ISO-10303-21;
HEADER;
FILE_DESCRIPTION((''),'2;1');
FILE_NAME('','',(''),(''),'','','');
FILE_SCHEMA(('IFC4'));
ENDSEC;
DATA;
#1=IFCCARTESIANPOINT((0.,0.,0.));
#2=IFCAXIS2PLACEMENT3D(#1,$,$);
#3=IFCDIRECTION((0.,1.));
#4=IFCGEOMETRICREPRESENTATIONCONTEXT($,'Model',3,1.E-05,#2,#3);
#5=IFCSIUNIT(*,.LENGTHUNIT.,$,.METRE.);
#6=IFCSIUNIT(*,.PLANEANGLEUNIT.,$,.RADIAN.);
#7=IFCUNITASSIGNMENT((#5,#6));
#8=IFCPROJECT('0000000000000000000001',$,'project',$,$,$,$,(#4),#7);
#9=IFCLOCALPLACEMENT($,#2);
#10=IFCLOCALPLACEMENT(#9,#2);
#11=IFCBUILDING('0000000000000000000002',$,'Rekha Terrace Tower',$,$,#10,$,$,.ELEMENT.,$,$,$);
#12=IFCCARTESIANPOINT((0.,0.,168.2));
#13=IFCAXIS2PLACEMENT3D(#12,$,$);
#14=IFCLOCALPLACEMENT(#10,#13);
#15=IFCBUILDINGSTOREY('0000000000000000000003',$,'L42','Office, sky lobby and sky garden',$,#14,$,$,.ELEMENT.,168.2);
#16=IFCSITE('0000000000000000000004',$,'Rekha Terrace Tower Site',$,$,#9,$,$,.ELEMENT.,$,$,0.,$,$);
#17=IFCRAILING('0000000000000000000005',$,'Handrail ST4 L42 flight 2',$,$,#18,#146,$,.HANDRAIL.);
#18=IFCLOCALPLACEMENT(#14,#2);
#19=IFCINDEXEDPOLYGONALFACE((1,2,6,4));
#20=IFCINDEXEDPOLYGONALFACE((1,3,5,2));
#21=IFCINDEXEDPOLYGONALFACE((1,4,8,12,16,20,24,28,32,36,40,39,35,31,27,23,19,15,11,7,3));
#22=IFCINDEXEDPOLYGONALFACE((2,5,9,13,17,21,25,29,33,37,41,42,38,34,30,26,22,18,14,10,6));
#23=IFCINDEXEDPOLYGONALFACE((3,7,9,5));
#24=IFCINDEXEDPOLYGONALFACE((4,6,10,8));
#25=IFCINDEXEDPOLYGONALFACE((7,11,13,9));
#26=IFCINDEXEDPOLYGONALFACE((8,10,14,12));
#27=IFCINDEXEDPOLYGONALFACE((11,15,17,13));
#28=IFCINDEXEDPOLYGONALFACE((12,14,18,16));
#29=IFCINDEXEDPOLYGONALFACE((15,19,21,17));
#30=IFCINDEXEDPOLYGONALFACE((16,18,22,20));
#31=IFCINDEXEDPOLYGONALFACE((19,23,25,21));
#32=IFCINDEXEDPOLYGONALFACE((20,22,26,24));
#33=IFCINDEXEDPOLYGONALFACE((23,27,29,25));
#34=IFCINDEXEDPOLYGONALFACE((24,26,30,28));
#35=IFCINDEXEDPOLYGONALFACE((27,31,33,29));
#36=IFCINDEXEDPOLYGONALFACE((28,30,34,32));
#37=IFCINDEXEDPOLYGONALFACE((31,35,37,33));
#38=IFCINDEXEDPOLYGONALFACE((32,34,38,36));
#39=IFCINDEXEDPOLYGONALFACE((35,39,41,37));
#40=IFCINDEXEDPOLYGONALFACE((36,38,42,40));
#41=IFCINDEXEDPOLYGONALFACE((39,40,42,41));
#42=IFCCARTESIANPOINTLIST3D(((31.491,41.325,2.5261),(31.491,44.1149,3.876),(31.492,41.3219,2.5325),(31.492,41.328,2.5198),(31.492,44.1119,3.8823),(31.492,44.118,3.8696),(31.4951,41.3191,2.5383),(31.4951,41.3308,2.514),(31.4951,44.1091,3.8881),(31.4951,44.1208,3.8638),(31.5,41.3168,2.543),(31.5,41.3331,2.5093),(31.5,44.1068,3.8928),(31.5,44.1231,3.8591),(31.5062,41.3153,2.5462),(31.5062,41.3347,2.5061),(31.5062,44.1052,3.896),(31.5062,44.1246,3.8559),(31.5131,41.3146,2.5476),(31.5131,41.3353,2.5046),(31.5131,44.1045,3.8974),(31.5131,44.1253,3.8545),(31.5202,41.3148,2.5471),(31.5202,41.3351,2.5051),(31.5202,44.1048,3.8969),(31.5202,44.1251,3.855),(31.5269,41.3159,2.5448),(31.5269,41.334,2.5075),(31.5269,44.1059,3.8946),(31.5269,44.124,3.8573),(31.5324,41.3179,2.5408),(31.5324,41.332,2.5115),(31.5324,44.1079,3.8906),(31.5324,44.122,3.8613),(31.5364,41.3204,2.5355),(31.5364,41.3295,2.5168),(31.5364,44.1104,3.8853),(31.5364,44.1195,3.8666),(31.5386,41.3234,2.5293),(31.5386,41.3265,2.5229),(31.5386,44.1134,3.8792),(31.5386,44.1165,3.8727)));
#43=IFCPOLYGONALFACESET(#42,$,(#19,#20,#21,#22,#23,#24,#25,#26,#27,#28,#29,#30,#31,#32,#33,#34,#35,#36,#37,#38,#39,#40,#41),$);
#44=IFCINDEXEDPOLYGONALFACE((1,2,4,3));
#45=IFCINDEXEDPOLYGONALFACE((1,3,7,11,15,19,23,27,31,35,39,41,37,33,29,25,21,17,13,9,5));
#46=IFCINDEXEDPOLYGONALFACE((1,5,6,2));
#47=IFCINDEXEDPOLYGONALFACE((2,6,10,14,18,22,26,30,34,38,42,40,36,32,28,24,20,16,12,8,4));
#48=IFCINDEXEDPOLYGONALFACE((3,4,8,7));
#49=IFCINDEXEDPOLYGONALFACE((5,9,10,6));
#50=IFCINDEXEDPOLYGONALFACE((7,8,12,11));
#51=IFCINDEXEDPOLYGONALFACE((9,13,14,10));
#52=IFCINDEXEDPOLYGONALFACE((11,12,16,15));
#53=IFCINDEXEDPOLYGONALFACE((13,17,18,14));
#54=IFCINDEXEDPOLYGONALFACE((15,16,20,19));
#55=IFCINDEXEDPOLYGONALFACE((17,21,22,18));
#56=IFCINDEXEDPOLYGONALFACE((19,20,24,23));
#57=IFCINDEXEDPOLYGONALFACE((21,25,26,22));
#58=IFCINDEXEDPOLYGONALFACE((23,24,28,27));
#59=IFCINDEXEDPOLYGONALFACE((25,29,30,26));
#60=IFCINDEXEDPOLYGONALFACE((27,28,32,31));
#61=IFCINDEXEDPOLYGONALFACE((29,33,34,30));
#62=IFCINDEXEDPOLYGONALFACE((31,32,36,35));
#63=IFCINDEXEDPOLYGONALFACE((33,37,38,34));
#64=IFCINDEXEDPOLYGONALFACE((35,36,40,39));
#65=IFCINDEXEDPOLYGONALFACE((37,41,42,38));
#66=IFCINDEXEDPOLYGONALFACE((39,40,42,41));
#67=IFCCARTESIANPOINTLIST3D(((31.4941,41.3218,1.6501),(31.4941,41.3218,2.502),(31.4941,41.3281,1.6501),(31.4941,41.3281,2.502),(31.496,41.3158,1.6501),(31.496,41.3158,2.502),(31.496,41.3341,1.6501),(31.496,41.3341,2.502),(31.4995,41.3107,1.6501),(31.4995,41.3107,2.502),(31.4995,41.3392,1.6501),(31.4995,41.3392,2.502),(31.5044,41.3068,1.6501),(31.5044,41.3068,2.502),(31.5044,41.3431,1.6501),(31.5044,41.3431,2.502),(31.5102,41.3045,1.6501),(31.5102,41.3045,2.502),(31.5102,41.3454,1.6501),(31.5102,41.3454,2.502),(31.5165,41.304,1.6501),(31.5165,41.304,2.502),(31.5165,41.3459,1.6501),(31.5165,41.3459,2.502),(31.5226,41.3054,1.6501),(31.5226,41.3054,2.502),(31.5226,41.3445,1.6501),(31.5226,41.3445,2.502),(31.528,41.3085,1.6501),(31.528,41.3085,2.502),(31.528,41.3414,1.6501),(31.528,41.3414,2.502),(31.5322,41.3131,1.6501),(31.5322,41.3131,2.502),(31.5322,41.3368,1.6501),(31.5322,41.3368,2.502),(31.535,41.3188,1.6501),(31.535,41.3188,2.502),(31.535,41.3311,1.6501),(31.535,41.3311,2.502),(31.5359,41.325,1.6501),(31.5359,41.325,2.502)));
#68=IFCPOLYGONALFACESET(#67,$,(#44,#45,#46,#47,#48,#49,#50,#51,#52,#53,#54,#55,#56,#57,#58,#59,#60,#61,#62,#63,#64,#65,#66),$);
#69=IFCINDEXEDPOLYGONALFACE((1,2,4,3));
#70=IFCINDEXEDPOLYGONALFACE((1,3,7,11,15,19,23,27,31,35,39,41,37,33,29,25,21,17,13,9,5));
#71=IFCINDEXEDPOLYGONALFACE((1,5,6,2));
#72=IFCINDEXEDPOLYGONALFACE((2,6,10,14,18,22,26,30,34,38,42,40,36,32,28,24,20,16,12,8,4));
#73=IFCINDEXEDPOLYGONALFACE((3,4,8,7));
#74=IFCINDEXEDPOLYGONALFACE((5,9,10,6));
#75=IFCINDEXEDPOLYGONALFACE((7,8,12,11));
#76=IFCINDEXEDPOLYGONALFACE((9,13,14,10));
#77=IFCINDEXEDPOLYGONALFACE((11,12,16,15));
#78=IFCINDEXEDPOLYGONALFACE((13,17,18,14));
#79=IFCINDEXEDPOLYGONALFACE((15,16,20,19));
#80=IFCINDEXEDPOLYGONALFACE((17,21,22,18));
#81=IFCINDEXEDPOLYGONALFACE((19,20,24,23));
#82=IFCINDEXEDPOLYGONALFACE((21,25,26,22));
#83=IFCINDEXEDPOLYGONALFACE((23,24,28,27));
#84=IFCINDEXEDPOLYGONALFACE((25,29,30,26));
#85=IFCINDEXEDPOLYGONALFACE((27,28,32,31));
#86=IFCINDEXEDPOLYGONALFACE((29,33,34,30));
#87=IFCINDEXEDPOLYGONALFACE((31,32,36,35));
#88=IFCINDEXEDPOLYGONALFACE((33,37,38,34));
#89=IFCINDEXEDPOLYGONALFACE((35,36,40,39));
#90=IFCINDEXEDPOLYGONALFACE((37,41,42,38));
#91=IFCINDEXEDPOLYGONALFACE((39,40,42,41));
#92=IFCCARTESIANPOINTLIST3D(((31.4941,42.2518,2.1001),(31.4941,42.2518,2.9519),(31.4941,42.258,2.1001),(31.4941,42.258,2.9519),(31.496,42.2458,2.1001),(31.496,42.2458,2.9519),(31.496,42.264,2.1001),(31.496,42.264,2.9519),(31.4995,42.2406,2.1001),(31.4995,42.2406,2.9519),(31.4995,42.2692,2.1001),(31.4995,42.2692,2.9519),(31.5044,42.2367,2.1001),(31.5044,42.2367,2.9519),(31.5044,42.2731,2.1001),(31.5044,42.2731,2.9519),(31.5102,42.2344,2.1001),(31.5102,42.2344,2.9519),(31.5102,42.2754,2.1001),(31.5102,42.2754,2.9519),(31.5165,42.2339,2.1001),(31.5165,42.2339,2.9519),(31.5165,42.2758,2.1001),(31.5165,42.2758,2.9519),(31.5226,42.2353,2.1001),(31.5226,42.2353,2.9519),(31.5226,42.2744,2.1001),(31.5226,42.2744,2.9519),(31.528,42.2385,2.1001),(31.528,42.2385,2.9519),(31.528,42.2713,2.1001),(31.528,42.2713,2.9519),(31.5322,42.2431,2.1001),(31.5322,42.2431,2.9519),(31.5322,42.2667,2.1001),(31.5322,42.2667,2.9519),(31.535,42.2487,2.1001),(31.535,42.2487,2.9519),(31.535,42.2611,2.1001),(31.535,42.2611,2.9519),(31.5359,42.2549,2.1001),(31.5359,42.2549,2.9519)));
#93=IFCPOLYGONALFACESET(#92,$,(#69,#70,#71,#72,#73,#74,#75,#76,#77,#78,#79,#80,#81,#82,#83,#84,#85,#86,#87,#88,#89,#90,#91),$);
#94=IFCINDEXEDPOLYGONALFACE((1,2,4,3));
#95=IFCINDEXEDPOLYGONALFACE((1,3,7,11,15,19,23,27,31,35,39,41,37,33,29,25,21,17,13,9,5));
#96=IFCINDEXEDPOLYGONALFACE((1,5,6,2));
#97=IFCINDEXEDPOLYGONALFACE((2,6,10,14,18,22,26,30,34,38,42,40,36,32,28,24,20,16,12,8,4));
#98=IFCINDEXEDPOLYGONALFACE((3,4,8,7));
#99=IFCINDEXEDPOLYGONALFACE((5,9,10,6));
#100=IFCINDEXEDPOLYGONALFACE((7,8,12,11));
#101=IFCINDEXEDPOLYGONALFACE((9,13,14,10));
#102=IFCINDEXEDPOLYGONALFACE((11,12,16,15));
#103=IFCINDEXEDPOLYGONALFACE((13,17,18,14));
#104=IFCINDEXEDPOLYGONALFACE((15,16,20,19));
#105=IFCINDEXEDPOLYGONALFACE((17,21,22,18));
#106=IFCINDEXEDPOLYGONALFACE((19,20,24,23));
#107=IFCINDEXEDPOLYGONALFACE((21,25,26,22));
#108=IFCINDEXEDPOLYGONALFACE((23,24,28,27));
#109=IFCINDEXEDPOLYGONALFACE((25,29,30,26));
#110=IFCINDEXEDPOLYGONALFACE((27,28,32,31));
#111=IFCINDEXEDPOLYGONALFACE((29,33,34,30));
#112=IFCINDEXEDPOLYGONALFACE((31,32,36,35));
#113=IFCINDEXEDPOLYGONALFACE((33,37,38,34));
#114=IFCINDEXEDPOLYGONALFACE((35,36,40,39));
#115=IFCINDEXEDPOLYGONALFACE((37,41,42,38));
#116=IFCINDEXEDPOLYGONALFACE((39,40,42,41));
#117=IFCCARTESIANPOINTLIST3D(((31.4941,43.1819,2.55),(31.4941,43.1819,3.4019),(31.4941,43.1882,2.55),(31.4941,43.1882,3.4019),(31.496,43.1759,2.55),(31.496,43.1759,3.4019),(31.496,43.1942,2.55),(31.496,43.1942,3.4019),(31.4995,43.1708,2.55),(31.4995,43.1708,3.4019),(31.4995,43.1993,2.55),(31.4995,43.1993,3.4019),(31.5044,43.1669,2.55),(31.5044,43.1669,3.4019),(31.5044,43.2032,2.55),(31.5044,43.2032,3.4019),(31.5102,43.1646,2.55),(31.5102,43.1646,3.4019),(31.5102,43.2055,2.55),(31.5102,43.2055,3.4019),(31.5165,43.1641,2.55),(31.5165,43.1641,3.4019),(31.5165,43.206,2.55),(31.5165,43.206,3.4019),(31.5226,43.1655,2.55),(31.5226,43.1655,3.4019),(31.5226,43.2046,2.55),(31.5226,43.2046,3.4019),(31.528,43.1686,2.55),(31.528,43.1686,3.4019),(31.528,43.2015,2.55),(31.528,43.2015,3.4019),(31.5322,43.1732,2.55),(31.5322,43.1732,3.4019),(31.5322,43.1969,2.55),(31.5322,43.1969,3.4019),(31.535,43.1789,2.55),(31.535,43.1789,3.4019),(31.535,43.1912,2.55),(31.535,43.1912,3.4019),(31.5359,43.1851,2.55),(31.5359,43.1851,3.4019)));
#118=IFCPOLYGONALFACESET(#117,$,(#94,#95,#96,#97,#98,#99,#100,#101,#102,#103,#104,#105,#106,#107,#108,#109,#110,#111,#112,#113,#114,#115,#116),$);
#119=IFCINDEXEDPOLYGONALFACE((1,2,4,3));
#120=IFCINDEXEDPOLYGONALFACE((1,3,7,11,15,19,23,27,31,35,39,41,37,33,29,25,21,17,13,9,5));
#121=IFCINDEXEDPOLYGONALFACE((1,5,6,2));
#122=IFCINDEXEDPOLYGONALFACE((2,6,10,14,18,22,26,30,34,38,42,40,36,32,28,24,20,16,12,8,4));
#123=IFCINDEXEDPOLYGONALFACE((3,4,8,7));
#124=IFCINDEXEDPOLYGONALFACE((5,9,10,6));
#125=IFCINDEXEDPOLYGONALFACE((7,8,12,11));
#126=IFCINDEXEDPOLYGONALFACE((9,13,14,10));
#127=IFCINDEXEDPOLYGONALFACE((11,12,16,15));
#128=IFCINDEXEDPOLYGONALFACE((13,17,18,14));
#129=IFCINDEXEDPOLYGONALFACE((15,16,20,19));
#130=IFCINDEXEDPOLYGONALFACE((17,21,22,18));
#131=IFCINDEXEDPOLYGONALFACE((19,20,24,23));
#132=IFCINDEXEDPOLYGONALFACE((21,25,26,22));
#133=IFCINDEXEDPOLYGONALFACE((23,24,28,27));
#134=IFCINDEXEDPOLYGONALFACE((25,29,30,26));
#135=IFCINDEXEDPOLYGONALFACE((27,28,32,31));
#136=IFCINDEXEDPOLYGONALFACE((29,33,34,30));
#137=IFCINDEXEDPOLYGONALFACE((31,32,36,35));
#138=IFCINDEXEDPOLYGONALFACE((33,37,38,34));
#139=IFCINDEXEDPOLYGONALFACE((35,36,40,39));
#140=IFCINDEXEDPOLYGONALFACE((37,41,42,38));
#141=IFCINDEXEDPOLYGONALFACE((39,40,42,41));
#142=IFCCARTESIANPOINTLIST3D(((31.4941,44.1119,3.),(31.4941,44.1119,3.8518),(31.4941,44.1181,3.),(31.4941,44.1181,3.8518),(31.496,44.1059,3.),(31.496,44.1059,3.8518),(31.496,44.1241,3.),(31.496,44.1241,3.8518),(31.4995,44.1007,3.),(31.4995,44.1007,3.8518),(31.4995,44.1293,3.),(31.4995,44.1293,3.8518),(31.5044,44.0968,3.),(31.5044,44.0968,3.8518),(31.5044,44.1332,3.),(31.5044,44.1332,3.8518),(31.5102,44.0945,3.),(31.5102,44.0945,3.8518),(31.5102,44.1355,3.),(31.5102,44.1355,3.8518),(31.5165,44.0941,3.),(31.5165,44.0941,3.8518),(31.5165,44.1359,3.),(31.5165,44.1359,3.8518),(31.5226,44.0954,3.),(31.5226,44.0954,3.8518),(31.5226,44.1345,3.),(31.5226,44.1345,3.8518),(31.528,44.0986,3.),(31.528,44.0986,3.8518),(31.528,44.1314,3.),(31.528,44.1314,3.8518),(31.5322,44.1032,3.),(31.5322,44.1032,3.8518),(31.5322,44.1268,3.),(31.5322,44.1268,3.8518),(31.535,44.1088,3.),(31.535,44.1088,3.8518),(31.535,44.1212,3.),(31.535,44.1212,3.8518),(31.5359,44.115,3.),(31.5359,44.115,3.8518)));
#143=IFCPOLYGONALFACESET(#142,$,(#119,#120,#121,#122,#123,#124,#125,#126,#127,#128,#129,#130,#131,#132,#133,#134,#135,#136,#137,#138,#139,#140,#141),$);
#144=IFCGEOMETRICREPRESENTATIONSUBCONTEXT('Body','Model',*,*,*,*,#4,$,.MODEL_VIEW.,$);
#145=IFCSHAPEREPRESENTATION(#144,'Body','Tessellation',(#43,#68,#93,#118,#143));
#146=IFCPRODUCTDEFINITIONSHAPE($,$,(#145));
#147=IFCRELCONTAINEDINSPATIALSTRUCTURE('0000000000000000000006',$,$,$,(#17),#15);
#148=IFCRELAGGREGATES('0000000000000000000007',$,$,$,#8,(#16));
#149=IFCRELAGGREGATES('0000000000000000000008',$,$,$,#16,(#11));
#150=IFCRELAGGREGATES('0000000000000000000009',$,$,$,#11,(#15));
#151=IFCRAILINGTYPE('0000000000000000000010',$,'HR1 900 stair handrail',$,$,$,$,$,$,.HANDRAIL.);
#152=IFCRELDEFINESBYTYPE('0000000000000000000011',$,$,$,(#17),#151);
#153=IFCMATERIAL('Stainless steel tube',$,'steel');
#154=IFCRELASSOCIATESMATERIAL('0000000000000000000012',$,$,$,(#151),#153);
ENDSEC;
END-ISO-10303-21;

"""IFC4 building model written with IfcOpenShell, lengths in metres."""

from ifc_helpers import new_model, si_unit, direction, frame, origin, origin_2d, place, context, subcontext, project, spatial, circle, extrude, material, type_object, element, save


model = new_model("IFC4")

# Units and contexts
model_context = context("Model", 3, precision=1e-05, world=origin(), true_north=direction((0.0, 1.0)))
body_context = subcontext(model_context, "Body", "Model", "MODEL_VIEW")
ifc_project = project(units=[si_unit("LENGTHUNIT", "METRE"), si_unit("PLANEANGLEUNIT", "RADIAN")], contexts=[model_context])

# Site, building, storey
site_placement = place(None, origin())
site = spatial("IfcSite", under=ifc_project, at=site_placement, Name="Rekha Terrace Tower Site", CompositionType="ELEMENT", RefElevation=0.0)
building_placement = place(site_placement, origin())
building = spatial("IfcBuilding", under=site, at=building_placement, Name="Rekha Terrace Tower", CompositionType="ELEMENT")
storey_placement = place(building_placement, frame((0.0, 0.0, 168.2)))
storey = spatial("IfcBuildingStorey", under=building, at=storey_placement, Name="L42", Description="Office, sky lobby and sky garden", CompositionType="ELEMENT", Elevation=168.2)

# Railing
ifc_material_1 = material(Name="Stainless steel tube", Category="steel")
railing_type_1 = type_object("IfcRailingType", Name="HR1 900 stair handrail", PredefinedType="HANDRAIL", material=ifc_material_1)
railing_1_placement = place(storey_placement, frame((31.5149, 41.325, 1.6501)))
element("IfcRailing", 1, at=railing_1_placement, inside=storey, type_object=railing_type_1, Name="Handrail ST4 L42 flight 2", PredefinedType="HANDRAIL", context=body_context, shape_type="SweptSolid", body=[
    extrude(circle(Radius=0.0239, at=origin_2d()), frame((0.0, 0.0, 0.876), z_axis=(0.0, 0.90018, 0.435518), x_axis=(-1.0, 0.0, 0.0)), (0.0, 0.0, 1.0), 3.0994),
    extrude(circle(Radius=0.021, at=origin_2d()), origin(), (0.0, 0.0, 1.0), 0.8518),
    extrude(circle(Radius=0.021, at=origin_2d()), frame((0.0, 0.9299, 0.45)), (0.0, 0.0, 1.0), 0.8518),
    extrude(circle(Radius=0.021, at=origin_2d()), frame((0.0, 1.8601, 0.8999)), (0.0, 0.0, 1.0), 0.8518),
    extrude(circle(Radius=0.021, at=origin_2d()), frame((0.0, 2.79, 1.3499)), (0.0, 0.0, 1.0), 0.8518),
])

save(model, "model.ifc")
